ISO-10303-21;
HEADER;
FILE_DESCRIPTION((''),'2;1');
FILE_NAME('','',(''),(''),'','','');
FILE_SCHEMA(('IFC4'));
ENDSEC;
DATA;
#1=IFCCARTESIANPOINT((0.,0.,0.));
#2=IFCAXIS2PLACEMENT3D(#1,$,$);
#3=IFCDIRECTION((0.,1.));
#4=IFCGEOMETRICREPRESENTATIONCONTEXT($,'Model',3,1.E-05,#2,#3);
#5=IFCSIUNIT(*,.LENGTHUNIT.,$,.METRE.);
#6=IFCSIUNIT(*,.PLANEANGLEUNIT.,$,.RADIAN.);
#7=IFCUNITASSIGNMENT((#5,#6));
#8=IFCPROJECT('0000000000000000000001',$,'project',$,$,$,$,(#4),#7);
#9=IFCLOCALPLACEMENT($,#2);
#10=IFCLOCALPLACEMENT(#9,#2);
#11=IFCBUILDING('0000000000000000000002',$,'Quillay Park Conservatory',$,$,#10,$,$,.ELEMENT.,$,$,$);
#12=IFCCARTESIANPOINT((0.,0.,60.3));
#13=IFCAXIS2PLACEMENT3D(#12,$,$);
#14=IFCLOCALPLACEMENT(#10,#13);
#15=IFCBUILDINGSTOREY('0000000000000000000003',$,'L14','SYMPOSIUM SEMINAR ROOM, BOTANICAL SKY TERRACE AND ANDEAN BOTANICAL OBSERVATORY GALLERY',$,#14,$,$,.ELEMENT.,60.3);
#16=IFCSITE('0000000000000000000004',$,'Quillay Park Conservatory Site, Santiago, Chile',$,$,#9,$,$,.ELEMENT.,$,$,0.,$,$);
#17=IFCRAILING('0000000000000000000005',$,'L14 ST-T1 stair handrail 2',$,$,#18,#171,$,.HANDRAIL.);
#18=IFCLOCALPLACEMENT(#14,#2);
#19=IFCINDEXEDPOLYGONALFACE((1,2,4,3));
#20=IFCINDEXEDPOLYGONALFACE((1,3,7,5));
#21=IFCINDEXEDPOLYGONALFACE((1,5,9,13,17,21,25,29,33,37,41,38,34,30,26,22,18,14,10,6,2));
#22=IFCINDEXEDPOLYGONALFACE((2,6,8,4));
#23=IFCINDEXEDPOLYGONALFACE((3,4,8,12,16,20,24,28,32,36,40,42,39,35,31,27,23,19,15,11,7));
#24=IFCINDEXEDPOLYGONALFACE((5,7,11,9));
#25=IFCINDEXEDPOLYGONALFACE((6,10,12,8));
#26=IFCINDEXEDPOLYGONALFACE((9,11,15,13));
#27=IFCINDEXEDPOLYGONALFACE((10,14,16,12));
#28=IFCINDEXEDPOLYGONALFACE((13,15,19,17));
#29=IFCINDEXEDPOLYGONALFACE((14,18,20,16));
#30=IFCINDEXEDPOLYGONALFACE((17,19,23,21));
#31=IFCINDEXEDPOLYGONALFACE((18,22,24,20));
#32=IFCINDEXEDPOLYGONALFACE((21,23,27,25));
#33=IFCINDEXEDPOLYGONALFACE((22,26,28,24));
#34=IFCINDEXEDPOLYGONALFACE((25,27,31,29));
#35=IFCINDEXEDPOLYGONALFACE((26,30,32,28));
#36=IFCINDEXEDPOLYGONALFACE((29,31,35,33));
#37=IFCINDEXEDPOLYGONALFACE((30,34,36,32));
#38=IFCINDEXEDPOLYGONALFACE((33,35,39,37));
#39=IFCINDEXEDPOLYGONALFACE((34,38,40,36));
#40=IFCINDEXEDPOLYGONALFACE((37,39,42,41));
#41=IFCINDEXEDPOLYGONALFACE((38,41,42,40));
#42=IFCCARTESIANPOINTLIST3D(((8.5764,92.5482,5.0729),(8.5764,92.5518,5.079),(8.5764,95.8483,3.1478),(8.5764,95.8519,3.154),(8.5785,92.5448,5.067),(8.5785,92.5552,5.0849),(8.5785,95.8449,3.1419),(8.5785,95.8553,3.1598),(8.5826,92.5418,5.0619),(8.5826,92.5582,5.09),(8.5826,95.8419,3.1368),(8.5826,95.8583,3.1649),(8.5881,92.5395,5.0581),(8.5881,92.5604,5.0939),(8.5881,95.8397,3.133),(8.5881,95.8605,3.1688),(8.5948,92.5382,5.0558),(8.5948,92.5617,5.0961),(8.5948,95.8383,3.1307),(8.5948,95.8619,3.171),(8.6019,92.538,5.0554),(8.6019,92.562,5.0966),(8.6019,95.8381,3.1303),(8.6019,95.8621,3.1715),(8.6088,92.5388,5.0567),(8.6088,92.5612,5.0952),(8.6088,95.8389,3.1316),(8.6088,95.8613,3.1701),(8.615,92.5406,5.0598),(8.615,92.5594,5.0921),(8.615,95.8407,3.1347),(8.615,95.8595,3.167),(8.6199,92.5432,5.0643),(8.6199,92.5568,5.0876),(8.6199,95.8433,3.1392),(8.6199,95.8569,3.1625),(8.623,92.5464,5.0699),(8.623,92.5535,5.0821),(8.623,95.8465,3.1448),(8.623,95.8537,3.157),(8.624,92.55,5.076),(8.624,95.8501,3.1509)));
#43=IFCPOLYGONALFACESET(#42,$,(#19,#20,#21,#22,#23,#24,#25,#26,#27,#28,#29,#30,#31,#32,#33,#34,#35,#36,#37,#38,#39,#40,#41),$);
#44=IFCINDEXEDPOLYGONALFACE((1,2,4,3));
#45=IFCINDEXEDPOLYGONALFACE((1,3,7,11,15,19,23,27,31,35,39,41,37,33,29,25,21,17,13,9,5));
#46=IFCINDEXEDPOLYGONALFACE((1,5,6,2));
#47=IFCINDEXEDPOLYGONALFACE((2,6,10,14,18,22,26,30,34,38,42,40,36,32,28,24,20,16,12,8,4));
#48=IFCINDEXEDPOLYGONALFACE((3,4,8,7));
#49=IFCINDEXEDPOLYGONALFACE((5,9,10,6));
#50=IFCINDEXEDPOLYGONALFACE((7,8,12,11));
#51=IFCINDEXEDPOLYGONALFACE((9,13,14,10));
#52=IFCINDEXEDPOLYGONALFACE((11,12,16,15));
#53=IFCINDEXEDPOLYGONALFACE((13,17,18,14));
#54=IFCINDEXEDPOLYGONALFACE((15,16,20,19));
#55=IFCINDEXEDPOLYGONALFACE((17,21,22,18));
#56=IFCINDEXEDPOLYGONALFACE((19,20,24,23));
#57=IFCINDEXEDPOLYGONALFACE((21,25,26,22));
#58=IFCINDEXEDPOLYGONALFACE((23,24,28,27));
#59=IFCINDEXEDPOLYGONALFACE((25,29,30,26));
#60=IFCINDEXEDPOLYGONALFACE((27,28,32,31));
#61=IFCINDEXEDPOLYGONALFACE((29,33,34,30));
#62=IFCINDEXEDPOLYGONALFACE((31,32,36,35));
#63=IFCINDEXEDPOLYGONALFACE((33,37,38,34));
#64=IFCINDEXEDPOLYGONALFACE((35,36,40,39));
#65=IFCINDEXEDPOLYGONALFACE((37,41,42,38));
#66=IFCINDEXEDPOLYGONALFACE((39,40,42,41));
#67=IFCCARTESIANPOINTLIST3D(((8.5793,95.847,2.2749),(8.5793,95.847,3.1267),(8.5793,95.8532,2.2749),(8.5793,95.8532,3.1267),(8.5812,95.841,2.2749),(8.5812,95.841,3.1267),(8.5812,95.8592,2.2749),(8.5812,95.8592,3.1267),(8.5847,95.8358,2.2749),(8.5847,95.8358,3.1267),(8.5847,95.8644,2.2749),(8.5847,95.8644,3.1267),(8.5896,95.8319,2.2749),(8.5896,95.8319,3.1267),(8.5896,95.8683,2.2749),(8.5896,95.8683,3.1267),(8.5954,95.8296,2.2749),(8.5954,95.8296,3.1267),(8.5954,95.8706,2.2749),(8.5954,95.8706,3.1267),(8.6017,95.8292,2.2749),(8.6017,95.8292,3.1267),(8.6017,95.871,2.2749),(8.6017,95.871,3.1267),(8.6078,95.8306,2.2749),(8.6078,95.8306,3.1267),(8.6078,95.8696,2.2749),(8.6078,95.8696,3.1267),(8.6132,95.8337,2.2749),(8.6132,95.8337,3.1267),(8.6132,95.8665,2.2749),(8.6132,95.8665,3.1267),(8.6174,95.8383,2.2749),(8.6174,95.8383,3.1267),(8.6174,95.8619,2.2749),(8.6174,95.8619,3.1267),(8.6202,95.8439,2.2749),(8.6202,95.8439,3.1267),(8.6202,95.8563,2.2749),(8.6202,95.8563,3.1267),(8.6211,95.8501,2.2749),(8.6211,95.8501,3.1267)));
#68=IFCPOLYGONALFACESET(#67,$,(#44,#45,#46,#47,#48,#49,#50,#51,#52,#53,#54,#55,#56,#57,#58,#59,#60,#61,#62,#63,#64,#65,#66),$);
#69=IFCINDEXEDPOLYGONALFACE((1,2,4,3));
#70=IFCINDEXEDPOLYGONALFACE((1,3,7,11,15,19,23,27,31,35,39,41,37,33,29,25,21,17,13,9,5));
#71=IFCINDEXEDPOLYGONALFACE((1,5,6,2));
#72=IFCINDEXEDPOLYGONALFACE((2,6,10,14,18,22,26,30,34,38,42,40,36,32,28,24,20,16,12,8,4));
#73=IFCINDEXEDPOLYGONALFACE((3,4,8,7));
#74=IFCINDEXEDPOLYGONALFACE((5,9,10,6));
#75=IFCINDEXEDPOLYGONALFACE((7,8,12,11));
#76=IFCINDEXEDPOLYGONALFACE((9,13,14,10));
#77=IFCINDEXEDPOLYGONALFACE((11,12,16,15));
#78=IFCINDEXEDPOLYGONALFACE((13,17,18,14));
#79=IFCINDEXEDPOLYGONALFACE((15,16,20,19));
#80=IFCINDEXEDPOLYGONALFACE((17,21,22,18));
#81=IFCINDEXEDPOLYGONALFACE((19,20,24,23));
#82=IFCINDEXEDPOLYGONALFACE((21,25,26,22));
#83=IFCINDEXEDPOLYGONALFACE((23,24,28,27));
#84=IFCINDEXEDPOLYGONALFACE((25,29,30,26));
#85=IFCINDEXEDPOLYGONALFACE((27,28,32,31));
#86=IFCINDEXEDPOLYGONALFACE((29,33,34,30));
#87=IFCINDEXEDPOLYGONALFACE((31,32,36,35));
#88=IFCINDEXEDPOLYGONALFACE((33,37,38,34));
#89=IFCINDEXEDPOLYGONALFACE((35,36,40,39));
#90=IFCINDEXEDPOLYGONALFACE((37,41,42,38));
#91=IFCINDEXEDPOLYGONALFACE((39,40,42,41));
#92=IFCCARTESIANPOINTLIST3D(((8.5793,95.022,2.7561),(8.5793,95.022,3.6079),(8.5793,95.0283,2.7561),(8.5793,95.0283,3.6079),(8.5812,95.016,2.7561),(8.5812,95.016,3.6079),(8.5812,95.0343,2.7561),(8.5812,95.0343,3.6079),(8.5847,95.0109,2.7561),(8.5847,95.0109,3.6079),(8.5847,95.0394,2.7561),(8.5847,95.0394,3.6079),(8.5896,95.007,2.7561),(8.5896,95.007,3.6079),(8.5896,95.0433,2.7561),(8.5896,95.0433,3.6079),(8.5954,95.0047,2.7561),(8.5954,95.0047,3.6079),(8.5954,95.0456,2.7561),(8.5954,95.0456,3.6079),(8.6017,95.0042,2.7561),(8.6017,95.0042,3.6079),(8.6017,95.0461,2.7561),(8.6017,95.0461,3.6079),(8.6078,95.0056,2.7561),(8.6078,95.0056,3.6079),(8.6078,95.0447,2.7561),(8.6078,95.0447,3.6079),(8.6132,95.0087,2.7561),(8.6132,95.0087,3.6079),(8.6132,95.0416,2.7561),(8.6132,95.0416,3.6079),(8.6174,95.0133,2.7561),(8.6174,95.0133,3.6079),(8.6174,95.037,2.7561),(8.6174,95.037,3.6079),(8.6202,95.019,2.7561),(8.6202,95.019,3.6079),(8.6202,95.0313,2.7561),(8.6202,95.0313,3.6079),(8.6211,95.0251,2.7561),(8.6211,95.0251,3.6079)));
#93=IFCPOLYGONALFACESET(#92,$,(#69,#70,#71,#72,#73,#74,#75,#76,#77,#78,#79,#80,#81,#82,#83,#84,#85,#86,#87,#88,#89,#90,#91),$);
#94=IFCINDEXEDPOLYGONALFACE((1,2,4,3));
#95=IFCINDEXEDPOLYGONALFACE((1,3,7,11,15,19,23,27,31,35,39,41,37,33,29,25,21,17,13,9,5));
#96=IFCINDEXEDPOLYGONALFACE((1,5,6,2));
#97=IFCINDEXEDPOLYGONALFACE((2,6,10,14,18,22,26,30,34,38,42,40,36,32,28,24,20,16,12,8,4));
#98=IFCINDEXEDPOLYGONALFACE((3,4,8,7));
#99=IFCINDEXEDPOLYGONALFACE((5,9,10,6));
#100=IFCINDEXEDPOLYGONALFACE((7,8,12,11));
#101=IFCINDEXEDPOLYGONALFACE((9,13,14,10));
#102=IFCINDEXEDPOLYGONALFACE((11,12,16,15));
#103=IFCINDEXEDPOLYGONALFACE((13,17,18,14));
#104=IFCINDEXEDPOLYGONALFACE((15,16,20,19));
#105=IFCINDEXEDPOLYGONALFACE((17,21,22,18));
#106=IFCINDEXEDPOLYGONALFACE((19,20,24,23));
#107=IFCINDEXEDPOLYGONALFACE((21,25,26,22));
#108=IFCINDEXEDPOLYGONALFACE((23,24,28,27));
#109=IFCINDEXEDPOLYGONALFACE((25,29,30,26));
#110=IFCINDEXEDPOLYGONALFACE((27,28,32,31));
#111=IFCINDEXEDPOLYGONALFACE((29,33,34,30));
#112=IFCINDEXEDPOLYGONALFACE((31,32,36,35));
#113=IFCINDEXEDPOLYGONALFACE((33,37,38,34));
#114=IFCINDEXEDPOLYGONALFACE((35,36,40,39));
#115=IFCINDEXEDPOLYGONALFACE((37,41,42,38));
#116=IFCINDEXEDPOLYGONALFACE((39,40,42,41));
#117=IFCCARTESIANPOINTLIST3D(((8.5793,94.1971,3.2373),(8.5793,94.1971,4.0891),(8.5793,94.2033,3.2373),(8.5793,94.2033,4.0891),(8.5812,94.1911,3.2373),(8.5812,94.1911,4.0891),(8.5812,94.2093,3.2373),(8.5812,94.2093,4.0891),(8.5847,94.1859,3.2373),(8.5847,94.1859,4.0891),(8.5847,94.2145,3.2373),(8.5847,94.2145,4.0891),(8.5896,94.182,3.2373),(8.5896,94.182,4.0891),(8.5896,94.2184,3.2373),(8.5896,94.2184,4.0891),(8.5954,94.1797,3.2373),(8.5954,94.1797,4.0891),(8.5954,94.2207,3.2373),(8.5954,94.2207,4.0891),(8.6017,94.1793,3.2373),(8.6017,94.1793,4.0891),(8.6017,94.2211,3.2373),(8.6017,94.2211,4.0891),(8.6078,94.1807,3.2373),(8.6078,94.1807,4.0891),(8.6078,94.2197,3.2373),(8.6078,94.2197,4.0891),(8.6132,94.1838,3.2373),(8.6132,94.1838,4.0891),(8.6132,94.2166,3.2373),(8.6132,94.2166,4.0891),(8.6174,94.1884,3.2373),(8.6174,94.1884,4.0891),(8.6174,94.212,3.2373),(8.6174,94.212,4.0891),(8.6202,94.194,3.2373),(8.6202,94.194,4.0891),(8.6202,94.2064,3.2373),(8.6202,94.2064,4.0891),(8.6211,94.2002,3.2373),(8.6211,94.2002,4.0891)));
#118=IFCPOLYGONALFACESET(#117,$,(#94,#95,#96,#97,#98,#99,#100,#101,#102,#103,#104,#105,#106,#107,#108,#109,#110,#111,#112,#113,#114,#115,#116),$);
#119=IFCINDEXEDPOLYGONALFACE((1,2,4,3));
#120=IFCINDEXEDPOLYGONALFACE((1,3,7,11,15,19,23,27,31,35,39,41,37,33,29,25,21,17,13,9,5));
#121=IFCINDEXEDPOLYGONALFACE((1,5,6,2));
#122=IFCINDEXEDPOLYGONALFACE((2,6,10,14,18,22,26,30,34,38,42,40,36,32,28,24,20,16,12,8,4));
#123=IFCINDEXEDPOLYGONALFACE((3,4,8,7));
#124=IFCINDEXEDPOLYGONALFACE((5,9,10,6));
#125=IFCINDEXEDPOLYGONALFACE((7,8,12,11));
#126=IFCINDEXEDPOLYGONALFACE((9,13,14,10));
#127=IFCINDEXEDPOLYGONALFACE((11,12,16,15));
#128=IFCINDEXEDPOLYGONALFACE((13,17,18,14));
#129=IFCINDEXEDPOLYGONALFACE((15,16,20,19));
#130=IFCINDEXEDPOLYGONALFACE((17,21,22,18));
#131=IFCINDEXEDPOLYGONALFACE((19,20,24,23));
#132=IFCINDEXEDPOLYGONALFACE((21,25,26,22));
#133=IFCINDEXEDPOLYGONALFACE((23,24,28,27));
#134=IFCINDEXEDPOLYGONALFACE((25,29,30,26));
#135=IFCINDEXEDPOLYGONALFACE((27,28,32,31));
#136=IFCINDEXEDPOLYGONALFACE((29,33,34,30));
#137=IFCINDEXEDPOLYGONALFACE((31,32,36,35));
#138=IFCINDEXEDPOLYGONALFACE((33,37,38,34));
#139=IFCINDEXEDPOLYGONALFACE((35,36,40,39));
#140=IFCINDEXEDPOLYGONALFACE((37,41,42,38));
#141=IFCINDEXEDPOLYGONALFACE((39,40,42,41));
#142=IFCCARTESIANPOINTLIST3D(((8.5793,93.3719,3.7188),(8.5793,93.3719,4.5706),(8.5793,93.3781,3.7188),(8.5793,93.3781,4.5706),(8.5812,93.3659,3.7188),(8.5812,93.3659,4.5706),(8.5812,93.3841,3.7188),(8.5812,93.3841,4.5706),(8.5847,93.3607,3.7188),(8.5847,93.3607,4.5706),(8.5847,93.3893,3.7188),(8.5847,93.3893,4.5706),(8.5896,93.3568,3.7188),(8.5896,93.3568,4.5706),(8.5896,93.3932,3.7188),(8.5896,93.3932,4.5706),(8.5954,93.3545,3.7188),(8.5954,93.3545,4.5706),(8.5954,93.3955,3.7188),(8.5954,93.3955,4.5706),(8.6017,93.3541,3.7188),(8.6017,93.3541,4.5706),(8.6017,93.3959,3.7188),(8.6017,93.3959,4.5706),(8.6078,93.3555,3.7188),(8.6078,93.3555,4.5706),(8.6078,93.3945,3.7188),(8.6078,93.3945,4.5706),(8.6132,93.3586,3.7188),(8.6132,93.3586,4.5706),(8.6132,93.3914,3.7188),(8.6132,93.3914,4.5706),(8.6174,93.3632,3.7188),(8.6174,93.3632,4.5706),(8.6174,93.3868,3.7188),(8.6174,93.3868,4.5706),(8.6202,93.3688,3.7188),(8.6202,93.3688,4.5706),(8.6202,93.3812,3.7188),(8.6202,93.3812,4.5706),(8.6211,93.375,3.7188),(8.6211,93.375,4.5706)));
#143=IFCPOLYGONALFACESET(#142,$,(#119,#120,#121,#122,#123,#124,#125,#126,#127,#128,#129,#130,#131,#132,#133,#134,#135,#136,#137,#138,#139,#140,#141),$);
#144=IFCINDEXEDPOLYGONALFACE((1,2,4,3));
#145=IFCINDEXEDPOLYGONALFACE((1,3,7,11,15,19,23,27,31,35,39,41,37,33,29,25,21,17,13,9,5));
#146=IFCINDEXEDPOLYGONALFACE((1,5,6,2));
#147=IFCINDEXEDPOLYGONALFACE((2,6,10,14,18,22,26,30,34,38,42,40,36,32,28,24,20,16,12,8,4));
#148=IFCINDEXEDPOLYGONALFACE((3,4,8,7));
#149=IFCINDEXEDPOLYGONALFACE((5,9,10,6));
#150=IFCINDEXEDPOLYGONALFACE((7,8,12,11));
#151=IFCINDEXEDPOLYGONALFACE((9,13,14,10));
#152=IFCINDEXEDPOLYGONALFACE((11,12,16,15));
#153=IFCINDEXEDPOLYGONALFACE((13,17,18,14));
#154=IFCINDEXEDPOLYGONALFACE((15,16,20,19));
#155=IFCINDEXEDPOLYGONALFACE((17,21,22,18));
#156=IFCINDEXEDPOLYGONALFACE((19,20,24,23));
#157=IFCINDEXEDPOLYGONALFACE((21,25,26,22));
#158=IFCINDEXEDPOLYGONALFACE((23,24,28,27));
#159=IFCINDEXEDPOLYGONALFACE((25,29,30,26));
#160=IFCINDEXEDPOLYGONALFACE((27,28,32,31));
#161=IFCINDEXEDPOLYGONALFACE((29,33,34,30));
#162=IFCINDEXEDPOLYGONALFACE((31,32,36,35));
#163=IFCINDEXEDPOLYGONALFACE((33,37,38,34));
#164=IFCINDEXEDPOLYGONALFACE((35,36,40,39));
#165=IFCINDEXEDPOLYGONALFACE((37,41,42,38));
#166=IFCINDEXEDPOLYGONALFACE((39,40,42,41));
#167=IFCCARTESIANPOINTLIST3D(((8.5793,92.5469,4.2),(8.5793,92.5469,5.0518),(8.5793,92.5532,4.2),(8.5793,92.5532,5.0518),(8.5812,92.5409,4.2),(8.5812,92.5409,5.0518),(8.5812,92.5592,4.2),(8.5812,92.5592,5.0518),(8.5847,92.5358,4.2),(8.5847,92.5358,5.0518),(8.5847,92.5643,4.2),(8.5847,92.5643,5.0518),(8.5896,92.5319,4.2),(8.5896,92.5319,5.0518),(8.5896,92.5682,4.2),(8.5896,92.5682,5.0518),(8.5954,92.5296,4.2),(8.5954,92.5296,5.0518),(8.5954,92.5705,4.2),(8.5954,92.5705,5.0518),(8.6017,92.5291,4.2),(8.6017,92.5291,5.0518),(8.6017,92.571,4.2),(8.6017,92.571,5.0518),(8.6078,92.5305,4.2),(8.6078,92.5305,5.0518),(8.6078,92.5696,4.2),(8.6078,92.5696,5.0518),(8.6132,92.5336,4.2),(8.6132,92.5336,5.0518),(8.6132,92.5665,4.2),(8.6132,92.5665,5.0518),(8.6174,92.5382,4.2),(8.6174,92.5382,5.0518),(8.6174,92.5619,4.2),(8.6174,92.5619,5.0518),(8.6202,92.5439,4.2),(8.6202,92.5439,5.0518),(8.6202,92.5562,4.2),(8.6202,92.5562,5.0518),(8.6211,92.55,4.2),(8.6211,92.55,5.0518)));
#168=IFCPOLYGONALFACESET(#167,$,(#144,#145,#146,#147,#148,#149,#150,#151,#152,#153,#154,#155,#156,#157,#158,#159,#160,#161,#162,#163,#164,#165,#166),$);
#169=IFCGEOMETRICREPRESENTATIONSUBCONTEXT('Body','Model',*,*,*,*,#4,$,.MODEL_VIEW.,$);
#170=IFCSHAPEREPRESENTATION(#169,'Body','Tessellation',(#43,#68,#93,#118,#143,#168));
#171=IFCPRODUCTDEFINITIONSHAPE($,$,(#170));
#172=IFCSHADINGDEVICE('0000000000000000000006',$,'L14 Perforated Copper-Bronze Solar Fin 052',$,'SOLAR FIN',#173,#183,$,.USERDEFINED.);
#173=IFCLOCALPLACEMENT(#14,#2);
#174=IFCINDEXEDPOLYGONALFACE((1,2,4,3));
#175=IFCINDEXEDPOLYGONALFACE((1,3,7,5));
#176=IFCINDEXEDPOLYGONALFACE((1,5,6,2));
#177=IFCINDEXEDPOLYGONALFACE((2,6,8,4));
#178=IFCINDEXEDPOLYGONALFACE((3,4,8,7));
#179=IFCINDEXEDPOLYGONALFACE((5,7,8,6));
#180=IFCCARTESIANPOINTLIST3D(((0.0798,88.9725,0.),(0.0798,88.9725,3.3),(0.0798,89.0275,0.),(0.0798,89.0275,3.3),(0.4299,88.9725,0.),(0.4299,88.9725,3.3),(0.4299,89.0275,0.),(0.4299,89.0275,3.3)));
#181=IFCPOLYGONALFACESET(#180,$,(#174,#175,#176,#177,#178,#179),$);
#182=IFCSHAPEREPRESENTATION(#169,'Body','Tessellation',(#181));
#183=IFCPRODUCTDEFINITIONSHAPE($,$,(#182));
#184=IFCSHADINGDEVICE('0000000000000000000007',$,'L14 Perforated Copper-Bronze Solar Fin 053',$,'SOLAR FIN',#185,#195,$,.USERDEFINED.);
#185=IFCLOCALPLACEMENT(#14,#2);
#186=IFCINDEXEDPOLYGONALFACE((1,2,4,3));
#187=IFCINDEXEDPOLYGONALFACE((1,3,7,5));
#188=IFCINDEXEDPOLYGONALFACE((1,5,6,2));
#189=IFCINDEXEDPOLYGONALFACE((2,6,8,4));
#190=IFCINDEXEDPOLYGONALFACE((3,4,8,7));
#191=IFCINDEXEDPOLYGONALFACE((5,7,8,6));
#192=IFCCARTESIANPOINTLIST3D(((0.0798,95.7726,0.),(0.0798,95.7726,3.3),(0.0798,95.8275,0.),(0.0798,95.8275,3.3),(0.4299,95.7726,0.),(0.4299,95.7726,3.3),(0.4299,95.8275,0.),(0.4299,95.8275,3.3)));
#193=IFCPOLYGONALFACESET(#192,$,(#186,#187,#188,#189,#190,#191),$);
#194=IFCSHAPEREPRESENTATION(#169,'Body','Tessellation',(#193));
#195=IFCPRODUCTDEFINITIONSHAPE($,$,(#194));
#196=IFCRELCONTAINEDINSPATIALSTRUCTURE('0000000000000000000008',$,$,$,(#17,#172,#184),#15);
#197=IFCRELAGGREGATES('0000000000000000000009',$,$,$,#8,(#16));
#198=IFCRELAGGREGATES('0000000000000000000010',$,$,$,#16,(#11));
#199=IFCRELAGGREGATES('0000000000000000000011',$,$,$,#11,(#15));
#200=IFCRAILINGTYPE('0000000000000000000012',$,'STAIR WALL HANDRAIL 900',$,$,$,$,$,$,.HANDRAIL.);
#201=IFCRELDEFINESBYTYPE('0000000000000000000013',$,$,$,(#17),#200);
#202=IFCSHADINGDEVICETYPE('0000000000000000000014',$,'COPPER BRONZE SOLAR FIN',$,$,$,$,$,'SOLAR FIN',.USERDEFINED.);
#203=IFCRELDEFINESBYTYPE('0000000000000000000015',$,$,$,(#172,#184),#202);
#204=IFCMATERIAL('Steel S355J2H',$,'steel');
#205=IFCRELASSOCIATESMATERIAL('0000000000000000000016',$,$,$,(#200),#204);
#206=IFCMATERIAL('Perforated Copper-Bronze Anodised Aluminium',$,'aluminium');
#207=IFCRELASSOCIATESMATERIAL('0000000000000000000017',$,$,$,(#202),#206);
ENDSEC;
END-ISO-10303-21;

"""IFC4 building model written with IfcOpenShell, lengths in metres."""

from ifc_helpers import new_model, si_unit, direction, frame, origin, origin_2d, place, context, subcontext, project, spatial, rectangle, circle, extrude, material, type_object, element, save


model = new_model("IFC4")

# Units and contexts
model_context = context("Model", 3, precision=1e-05, world=origin(), true_north=direction((0.0, 1.0)))
body_context = subcontext(model_context, "Body", "Model", "MODEL_VIEW")
ifc_project = project(units=[si_unit("LENGTHUNIT", "METRE"), si_unit("PLANEANGLEUNIT", "RADIAN")], contexts=[model_context])

# Site, building, storey
site_placement = place(None, origin())
site = spatial("IfcSite", under=ifc_project, at=site_placement, Name="Quillay Park Conservatory Site, Santiago, Chile", CompositionType="ELEMENT", RefElevation=0.0)
building_placement = place(site_placement, origin())
building = spatial("IfcBuilding", under=site, at=building_placement, Name="Quillay Park Conservatory", CompositionType="ELEMENT")
storey_placement = place(building_placement, frame((0.0, 0.0, 60.3)))
storey = spatial("IfcBuildingStorey", under=building, at=storey_placement, Name="L14", Description="SYMPOSIUM SEMINAR ROOM, BOTANICAL SKY TERRACE AND ANDEAN BOTANICAL OBSERVATORY GALLERY", CompositionType="ELEMENT", Elevation=60.3)

# Railing
ifc_material_1 = material(Name="Steel S355J2H", Category="steel")
railing_type = type_object("IfcRailingType", Name="STAIR WALL HANDRAIL 900", PredefinedType="HANDRAIL", material=ifc_material_1)
railing_placement = place(storey_placement, frame((8.6001, 95.8501, 2.2749)))
element("IfcRailing", 1, at=railing_placement, inside=storey, type_object=railing_type, Name="L14 ST-T1 stair handrail 2", PredefinedType="HANDRAIL", context=body_context, shape_type="SweptSolid", body=[
    extrude(circle(Radius=0.0239, at=origin_2d()), frame((0.0, 0.0, 0.876), z_axis=(0.0, -0.863777, 0.503875), x_axis=(1.0, 0.0, 0.0)), (0.0, 0.0, 1.0), 3.8206),
    extrude(circle(Radius=0.021, at=origin_2d()), origin(), (0.0, 0.0, 1.0), 0.8518),
    extrude(circle(Radius=0.021, at=origin_2d()), frame((0.0, -0.825, 0.4812)), (0.0, 0.0, 1.0), 0.8518),
    extrude(circle(Radius=0.021, at=origin_2d()), frame((0.0, -1.6499, 0.9624)), (0.0, 0.0, 1.0), 0.8518),
    extrude(circle(Radius=0.021, at=origin_2d()), frame((0.0, -2.4751, 1.4438)), (0.0, 0.0, 1.0), 0.8518),
    extrude(circle(Radius=0.021, at=origin_2d()), frame((0.0, -3.3, 1.925)), (0.0, 0.0, 1.0), 0.8518),
])

# Shading devices
ifc_material_2 = material(Name="Perforated Copper-Bronze Anodised Aluminium", Category="aluminium")
shading_device_type = type_object("IfcShadingDeviceType", Name="COPPER BRONZE SOLAR FIN", ElementType="SOLAR FIN", PredefinedType="USERDEFINED", material=ifc_material_2)
for number, where, z_axis, x_axis, name in (
    (2, (0.2549, 89.0, 0.0), (0.0, 0.0, 1.0), (1.0, 0.0, 0.0), "L14 Perforated Copper-Bronze Solar Fin 052"),
    (3, (0.2549, 95.8, 0.0), (0.0, 0.0, 1.0), (1.0, 0.0, 0.0), "L14 Perforated Copper-Bronze Solar Fin 053"),
):
    element("IfcShadingDevice", number, at=place(storey_placement, frame(where, z_axis=z_axis, x_axis=x_axis)), inside=storey, type_object=shading_device_type, Name=name, ObjectType="SOLAR FIN", PredefinedType="USERDEFINED", context=body_context, shape_type="SweptSolid", body=[
        extrude(rectangle(XDim=0.3501, YDim=0.0549, at=origin_2d()), origin(), (0.0, 0.0, 1.0), 3.3),
    ])

save(model, "model.ifc")
